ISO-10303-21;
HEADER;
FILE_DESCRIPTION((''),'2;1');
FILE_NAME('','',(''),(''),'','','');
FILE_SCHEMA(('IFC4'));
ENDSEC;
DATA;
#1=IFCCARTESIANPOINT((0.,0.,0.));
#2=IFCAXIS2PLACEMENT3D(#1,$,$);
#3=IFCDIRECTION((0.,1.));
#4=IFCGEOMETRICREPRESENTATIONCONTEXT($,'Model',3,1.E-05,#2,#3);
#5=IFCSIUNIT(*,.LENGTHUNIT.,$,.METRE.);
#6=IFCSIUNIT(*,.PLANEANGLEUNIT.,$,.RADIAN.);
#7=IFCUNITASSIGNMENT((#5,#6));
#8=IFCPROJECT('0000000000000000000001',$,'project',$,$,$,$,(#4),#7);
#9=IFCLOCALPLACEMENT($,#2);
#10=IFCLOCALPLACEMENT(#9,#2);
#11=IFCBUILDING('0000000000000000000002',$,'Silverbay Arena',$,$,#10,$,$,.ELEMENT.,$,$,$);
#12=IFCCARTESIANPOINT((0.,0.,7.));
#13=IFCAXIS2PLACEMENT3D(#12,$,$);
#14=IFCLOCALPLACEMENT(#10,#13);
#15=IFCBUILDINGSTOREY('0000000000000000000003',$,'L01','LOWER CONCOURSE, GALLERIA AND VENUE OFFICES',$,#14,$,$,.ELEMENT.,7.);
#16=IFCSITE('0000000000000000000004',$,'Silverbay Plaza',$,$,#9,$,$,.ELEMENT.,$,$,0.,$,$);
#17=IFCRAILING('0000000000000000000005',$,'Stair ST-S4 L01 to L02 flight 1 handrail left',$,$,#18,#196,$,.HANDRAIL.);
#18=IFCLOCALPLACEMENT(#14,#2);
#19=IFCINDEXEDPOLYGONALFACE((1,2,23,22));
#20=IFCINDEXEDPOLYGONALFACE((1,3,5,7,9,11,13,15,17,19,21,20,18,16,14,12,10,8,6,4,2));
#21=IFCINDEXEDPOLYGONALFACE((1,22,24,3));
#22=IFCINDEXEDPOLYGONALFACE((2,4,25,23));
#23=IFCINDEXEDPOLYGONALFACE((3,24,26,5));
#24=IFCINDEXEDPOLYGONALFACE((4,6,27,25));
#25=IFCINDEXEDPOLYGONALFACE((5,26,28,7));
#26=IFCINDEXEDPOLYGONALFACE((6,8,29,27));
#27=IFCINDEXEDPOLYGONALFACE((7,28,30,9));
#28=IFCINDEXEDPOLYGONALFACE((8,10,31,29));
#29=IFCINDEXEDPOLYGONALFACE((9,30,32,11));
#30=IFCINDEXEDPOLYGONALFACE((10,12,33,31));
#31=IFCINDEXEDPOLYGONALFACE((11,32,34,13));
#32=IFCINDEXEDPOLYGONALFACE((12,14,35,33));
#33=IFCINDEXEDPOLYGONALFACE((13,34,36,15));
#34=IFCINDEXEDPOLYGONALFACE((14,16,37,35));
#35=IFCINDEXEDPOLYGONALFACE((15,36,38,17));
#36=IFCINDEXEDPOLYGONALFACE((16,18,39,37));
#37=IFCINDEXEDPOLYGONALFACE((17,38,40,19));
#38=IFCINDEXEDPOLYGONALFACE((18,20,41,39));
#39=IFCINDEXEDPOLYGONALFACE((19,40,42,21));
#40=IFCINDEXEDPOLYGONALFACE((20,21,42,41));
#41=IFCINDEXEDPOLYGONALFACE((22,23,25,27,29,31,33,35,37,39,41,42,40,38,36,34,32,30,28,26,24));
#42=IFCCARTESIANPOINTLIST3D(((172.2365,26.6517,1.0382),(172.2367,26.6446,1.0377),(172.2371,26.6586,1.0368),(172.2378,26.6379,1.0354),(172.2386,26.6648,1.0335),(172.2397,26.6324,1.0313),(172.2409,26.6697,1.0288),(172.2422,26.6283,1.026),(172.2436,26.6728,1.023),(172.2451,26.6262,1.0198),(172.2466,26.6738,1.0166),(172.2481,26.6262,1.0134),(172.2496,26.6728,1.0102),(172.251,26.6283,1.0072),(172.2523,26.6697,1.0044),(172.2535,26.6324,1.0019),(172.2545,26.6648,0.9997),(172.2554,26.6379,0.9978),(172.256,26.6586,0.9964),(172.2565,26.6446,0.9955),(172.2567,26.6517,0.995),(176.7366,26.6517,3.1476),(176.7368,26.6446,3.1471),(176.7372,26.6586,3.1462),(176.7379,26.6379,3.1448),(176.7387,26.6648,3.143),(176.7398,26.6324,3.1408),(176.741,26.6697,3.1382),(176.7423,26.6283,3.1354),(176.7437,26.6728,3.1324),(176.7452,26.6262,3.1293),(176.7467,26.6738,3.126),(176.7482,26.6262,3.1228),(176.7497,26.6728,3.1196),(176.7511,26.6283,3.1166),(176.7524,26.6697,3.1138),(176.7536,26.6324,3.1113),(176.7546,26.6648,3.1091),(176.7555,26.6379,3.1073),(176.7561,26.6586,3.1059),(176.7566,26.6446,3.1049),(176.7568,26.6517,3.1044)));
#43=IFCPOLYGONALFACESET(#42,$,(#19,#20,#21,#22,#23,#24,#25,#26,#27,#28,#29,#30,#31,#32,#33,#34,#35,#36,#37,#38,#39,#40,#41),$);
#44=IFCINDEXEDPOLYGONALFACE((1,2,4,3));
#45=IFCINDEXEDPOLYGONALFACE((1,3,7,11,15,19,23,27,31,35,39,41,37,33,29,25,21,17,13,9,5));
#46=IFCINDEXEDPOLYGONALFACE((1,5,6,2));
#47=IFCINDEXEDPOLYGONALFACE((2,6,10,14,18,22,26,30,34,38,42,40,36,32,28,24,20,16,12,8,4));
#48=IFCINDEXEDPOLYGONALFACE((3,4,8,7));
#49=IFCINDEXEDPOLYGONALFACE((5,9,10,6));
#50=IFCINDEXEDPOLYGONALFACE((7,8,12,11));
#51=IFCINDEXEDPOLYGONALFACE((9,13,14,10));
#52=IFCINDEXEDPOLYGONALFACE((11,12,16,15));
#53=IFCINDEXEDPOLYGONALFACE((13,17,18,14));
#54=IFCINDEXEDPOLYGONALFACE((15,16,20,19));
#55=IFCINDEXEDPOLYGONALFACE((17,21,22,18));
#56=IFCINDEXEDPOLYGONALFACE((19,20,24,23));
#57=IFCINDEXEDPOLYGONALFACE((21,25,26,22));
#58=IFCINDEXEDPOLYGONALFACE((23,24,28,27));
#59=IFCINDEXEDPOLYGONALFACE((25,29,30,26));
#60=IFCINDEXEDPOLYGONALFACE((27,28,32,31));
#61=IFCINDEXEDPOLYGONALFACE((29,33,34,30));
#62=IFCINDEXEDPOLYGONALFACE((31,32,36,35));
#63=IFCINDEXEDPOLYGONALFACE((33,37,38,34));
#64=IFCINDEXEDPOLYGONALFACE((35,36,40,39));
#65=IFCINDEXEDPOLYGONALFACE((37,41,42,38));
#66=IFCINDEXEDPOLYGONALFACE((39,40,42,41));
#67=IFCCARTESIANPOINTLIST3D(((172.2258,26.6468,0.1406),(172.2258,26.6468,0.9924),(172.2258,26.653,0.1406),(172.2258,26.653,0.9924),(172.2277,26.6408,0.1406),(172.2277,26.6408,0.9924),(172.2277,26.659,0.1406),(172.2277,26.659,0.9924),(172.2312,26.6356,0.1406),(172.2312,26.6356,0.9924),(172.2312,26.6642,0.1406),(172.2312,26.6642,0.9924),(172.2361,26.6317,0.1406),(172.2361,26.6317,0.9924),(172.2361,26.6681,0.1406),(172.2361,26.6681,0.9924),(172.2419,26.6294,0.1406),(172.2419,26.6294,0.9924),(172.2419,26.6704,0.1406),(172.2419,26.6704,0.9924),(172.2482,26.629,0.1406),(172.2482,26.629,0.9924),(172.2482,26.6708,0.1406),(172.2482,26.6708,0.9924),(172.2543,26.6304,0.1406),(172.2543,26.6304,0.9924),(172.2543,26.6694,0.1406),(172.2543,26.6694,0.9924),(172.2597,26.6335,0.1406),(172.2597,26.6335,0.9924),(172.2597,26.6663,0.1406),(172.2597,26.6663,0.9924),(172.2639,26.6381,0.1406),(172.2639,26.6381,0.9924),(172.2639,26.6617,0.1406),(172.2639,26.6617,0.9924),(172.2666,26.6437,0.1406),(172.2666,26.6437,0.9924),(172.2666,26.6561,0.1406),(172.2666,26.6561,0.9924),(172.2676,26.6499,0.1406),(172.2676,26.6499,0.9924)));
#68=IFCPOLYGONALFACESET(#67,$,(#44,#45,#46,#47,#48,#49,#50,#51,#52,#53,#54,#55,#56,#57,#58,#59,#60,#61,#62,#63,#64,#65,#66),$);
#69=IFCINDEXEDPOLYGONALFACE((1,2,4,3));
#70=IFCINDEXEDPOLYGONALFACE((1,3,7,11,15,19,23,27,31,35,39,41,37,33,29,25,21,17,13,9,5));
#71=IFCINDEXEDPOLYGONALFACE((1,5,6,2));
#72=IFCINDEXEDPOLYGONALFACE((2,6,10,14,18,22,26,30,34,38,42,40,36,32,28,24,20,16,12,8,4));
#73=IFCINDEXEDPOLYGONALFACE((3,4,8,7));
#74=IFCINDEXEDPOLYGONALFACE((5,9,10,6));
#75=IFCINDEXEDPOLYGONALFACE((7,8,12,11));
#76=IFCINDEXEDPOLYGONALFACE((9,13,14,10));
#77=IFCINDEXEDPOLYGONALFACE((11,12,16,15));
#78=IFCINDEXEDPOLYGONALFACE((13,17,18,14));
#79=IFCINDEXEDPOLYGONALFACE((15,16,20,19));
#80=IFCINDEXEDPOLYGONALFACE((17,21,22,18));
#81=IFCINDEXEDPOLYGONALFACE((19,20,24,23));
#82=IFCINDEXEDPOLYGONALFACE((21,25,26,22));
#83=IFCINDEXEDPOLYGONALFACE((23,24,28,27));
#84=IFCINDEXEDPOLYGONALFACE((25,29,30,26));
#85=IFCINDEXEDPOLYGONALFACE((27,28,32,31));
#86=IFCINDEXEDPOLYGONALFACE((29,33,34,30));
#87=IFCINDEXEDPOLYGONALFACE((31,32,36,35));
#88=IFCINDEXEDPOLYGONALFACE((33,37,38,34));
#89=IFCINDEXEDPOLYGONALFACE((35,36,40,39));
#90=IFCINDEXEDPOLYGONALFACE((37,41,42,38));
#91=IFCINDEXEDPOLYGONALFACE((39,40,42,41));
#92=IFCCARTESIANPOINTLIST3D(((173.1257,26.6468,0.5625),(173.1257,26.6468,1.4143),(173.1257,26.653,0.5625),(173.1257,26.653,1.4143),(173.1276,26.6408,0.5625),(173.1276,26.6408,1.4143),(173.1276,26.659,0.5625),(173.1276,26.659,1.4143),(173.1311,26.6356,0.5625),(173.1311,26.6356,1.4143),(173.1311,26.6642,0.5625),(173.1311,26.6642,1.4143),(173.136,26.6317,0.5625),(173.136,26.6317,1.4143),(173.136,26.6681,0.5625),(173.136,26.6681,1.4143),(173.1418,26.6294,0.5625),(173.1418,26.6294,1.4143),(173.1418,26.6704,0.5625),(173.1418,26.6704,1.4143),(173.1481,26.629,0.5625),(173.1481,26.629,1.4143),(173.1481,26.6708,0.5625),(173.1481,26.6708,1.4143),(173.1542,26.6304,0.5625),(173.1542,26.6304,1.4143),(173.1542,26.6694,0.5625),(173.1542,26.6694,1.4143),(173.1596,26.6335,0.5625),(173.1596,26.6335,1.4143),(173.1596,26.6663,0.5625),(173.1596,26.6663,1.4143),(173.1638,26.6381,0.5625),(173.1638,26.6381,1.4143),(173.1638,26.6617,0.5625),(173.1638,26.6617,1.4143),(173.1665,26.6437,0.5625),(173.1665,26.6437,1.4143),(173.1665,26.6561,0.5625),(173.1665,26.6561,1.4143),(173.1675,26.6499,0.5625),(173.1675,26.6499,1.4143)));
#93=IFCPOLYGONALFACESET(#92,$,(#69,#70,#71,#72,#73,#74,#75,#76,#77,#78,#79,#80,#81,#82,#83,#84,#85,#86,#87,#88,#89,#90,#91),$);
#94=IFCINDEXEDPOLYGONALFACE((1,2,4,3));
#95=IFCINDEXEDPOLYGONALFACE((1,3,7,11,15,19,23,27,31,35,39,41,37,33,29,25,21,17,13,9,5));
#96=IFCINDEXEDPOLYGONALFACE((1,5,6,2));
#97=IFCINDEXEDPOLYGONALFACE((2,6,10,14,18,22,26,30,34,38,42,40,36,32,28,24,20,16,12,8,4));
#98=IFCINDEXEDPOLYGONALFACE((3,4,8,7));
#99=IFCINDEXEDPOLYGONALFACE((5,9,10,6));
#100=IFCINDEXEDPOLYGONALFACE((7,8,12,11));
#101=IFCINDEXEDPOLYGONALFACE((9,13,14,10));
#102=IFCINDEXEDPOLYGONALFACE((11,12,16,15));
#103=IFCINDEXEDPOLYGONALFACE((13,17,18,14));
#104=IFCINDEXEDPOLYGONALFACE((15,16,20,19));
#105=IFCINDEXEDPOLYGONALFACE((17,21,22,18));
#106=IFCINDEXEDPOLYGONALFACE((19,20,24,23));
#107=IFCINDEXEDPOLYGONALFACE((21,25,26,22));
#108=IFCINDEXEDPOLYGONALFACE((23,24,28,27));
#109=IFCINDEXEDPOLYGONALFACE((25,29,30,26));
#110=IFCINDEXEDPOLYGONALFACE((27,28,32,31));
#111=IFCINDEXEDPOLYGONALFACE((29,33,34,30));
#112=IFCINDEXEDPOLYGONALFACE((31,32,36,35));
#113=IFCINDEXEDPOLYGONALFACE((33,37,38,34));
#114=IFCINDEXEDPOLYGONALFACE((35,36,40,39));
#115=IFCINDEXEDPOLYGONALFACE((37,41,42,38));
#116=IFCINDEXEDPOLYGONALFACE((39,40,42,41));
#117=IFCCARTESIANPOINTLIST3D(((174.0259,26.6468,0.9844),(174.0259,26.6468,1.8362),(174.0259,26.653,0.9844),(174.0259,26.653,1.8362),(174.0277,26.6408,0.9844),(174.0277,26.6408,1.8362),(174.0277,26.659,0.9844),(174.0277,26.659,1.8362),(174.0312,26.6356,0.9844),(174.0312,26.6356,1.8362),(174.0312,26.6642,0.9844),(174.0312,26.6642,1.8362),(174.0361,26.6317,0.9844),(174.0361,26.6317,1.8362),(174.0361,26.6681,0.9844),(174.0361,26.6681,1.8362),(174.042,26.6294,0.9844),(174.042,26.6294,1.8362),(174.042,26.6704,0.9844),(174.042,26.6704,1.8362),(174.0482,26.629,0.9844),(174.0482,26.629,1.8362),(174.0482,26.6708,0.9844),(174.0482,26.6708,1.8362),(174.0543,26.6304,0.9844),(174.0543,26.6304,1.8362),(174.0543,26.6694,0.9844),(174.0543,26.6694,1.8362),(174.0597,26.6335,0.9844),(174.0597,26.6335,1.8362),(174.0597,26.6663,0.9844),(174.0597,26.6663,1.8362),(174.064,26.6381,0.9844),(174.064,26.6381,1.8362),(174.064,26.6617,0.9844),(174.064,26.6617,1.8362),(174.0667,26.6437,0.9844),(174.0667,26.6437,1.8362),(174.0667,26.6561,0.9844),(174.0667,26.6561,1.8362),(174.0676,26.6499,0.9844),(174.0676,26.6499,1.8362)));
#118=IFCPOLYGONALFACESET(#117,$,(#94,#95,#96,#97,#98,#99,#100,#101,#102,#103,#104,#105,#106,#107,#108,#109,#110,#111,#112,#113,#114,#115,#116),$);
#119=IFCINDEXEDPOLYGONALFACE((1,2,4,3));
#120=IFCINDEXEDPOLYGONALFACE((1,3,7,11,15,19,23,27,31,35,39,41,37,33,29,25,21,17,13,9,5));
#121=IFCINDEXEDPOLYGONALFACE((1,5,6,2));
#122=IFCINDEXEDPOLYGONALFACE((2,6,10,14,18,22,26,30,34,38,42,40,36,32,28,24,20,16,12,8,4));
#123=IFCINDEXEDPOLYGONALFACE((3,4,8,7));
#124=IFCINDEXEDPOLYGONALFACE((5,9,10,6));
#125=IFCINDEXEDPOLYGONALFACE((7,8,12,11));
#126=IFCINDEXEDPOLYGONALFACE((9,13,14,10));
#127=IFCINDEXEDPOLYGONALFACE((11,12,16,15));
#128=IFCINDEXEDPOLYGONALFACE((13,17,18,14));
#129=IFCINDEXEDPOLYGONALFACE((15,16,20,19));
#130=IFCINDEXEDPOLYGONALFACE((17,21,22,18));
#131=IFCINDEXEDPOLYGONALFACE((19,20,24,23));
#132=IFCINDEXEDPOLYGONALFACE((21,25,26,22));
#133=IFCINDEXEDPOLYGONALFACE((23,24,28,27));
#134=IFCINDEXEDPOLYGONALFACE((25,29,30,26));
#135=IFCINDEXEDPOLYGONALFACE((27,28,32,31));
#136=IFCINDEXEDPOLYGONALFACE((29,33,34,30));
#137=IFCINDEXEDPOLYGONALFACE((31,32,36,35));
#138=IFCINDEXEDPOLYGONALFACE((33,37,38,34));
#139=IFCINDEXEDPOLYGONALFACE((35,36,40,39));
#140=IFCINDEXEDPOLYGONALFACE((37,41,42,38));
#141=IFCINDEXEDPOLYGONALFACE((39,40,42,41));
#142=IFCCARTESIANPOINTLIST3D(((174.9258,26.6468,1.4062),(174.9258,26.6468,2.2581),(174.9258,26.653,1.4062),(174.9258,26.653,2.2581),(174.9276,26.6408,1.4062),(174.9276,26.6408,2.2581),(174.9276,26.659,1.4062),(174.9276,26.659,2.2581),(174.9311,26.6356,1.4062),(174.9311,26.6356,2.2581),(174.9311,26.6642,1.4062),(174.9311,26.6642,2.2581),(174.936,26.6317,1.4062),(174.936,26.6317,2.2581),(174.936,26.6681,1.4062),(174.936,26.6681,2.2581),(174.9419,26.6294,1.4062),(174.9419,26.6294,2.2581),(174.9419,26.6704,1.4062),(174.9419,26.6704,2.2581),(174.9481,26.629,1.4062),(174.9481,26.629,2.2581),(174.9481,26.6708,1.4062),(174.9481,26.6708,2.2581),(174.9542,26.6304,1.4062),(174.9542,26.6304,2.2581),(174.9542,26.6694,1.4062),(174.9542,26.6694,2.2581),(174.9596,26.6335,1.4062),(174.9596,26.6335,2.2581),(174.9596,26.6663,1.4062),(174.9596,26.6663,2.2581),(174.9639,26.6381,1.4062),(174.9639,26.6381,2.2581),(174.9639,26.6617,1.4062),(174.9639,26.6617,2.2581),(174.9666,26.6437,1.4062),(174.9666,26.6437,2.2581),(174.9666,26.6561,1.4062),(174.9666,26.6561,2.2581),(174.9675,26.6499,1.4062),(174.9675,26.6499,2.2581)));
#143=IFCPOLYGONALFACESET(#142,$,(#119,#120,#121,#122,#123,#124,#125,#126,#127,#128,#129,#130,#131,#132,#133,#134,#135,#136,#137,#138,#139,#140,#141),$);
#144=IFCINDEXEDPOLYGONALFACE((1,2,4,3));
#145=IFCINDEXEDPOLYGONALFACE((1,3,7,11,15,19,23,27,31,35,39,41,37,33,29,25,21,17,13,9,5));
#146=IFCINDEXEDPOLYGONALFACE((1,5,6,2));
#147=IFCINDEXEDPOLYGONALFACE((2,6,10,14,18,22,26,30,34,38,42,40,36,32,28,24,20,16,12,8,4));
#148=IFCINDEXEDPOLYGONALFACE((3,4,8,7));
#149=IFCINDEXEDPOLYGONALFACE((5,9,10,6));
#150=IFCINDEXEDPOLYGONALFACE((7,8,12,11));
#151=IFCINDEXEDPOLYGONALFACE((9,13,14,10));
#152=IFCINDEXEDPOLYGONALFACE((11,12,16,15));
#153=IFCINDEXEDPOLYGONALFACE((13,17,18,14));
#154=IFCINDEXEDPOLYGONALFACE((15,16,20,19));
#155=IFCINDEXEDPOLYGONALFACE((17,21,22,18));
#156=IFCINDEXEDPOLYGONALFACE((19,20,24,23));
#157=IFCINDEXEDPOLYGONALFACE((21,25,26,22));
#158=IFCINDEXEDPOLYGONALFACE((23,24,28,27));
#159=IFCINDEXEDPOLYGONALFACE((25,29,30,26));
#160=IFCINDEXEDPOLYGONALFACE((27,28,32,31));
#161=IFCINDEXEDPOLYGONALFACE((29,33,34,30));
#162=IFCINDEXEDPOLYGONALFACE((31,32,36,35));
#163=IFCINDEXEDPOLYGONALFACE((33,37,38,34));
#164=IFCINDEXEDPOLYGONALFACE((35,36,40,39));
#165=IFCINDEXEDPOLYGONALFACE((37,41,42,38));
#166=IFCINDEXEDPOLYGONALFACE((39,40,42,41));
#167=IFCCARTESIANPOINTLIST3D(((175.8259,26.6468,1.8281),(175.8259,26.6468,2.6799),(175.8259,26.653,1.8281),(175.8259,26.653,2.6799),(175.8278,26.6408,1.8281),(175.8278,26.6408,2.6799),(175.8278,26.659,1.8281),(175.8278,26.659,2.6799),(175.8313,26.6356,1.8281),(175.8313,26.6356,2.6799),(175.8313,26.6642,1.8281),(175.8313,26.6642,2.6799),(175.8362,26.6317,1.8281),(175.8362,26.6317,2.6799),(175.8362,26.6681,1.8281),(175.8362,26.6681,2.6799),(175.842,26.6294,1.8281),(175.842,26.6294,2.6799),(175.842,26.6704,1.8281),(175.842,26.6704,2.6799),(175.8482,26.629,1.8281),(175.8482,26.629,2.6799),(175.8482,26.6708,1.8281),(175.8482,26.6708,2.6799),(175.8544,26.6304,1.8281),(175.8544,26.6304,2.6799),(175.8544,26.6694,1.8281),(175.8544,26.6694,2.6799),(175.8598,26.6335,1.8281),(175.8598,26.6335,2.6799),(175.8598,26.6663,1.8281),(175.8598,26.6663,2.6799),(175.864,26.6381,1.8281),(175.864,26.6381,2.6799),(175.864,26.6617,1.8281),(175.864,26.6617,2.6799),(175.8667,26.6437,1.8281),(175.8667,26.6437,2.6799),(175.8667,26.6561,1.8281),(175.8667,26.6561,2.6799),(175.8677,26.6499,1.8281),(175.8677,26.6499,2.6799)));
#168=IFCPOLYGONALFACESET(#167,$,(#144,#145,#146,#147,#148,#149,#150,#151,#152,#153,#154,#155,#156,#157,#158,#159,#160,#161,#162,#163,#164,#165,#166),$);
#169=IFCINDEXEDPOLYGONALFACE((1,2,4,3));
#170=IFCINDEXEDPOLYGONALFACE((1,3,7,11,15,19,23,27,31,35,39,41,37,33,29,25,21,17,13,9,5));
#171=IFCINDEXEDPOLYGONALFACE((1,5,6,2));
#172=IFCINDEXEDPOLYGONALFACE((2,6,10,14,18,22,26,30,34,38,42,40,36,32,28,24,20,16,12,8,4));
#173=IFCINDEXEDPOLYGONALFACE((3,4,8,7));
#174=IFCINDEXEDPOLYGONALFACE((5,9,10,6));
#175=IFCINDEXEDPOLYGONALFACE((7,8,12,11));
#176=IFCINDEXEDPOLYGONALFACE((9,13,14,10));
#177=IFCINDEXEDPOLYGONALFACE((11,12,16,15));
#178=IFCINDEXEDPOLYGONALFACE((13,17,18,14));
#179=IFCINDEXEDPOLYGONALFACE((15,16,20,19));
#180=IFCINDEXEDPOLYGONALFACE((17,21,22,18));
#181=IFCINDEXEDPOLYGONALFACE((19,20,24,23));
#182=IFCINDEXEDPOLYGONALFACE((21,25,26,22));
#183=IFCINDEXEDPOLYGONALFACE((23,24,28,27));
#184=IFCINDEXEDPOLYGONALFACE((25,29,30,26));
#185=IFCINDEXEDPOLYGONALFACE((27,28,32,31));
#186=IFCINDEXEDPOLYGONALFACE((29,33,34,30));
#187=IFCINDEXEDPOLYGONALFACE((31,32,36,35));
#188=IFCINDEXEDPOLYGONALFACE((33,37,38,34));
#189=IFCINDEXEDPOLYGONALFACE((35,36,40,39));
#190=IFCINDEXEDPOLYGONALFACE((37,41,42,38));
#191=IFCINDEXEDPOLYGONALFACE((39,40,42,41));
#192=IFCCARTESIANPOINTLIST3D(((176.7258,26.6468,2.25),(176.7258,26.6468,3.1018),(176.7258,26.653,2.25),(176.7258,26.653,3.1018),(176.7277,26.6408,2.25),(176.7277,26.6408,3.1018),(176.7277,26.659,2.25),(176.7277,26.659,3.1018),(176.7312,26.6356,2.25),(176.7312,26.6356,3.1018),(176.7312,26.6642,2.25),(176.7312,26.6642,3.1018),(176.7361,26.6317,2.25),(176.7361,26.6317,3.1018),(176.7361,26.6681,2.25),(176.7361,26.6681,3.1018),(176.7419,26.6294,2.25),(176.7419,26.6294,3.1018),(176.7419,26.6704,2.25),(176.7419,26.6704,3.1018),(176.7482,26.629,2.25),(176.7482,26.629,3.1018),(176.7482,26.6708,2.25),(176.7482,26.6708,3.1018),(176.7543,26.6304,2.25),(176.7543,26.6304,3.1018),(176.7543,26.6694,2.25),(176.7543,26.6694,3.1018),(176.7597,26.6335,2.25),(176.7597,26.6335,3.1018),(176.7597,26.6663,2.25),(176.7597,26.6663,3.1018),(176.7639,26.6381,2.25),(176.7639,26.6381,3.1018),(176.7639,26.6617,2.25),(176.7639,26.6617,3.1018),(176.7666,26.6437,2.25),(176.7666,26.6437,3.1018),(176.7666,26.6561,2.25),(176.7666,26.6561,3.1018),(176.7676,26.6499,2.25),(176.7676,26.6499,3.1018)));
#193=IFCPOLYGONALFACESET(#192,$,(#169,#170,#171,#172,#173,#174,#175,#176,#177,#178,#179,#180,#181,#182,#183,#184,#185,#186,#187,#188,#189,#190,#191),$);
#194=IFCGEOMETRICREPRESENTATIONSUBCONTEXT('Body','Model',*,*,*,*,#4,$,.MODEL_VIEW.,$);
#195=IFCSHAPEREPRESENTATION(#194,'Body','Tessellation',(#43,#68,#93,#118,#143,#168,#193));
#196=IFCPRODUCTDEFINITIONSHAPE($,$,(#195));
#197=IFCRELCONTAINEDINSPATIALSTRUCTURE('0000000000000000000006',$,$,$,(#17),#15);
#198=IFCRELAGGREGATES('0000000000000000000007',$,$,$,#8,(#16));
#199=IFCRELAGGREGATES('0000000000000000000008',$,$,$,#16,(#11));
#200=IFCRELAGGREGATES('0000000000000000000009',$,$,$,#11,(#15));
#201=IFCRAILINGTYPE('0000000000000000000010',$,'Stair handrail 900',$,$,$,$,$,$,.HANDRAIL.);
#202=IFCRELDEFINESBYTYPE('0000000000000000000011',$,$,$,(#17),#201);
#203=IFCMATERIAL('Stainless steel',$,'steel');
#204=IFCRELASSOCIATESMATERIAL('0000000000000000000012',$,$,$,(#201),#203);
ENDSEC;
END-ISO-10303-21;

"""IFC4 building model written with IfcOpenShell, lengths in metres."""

from ifc_helpers import new_model, si_unit, direction, frame, origin, origin_2d, place, context, subcontext, project, spatial, circle, extrude, material, type_object, element, save


model = new_model("IFC4")

# Units and contexts
model_context = context("Model", 3, precision=1e-05, world=origin(), true_north=direction((0.0, 1.0)))
body_context = subcontext(model_context, "Body", "Model", "MODEL_VIEW")
ifc_project = project(units=[si_unit("LENGTHUNIT", "METRE"), si_unit("PLANEANGLEUNIT", "RADIAN")], contexts=[model_context])

# Site, building, storey
site_placement = place(None, origin())
site = spatial("IfcSite", under=ifc_project, at=site_placement, Name="Silverbay Plaza", CompositionType="ELEMENT", RefElevation=0.0)
building_placement = place(site_placement, origin())
building = spatial("IfcBuilding", under=site, at=building_placement, Name="Silverbay Arena", CompositionType="ELEMENT")
storey_placement = place(building_placement, frame((0.0, 0.0, 7.0)))
storey = spatial("IfcBuildingStorey", under=building, at=storey_placement, Name="L01", Description="LOWER CONCOURSE, GALLERIA AND VENUE OFFICES", CompositionType="ELEMENT", Elevation=7.0)

# Railing
ifc_material_1 = material(Name="Stainless steel", Category="steel")
railing_type_1 = type_object("IfcRailingType", Name="Stair handrail 900", PredefinedType="HANDRAIL", material=ifc_material_1)
railing_1_placement = place(storey_placement, frame((172.2466, 26.6499, 0.1406)))
element("IfcRailing", 1, at=railing_1_placement, inside=storey, type_object=railing_type_1, Name="Stair ST-S4 L01 to L02 flight 1 handrail left", PredefinedType="HANDRAIL", context=body_context, shape_type="SweptSolid", body=[
    extrude(circle(Radius=0.0239, at=origin_2d()), frame((0.0, 0.0, 0.876), z_axis=(0.905459, 0.0, 0.424434), x_axis=(0.0, 1.0, 0.0)), (0.0, 0.0, 1.0), 4.97),
    extrude(circle(Radius=0.021, at=origin_2d()), origin(), (0.0, 0.0, 1.0), 0.8518),
    extrude(circle(Radius=0.021, at=origin_2d()), frame((0.8999, 0.0, 0.4219)), (0.0, 0.0, 1.0), 0.8518),
    extrude(circle(Radius=0.021, at=origin_2d()), frame((1.8, 0.0, 0.8438)), (0.0, 0.0, 1.0), 0.8518),
    extrude(circle(Radius=0.021, at=origin_2d()), frame((2.7, 0.0, 1.2656)), (0.0, 0.0, 1.0), 0.8518),
    extrude(circle(Radius=0.021, at=origin_2d()), frame((3.6001, 0.0, 1.6875)), (0.0, 0.0, 1.0), 0.8518),
    extrude(circle(Radius=0.021, at=origin_2d()), frame((4.5, 0.0, 2.1094)), (0.0, 0.0, 1.0), 0.8518),
])

save(model, "model.ifc")
